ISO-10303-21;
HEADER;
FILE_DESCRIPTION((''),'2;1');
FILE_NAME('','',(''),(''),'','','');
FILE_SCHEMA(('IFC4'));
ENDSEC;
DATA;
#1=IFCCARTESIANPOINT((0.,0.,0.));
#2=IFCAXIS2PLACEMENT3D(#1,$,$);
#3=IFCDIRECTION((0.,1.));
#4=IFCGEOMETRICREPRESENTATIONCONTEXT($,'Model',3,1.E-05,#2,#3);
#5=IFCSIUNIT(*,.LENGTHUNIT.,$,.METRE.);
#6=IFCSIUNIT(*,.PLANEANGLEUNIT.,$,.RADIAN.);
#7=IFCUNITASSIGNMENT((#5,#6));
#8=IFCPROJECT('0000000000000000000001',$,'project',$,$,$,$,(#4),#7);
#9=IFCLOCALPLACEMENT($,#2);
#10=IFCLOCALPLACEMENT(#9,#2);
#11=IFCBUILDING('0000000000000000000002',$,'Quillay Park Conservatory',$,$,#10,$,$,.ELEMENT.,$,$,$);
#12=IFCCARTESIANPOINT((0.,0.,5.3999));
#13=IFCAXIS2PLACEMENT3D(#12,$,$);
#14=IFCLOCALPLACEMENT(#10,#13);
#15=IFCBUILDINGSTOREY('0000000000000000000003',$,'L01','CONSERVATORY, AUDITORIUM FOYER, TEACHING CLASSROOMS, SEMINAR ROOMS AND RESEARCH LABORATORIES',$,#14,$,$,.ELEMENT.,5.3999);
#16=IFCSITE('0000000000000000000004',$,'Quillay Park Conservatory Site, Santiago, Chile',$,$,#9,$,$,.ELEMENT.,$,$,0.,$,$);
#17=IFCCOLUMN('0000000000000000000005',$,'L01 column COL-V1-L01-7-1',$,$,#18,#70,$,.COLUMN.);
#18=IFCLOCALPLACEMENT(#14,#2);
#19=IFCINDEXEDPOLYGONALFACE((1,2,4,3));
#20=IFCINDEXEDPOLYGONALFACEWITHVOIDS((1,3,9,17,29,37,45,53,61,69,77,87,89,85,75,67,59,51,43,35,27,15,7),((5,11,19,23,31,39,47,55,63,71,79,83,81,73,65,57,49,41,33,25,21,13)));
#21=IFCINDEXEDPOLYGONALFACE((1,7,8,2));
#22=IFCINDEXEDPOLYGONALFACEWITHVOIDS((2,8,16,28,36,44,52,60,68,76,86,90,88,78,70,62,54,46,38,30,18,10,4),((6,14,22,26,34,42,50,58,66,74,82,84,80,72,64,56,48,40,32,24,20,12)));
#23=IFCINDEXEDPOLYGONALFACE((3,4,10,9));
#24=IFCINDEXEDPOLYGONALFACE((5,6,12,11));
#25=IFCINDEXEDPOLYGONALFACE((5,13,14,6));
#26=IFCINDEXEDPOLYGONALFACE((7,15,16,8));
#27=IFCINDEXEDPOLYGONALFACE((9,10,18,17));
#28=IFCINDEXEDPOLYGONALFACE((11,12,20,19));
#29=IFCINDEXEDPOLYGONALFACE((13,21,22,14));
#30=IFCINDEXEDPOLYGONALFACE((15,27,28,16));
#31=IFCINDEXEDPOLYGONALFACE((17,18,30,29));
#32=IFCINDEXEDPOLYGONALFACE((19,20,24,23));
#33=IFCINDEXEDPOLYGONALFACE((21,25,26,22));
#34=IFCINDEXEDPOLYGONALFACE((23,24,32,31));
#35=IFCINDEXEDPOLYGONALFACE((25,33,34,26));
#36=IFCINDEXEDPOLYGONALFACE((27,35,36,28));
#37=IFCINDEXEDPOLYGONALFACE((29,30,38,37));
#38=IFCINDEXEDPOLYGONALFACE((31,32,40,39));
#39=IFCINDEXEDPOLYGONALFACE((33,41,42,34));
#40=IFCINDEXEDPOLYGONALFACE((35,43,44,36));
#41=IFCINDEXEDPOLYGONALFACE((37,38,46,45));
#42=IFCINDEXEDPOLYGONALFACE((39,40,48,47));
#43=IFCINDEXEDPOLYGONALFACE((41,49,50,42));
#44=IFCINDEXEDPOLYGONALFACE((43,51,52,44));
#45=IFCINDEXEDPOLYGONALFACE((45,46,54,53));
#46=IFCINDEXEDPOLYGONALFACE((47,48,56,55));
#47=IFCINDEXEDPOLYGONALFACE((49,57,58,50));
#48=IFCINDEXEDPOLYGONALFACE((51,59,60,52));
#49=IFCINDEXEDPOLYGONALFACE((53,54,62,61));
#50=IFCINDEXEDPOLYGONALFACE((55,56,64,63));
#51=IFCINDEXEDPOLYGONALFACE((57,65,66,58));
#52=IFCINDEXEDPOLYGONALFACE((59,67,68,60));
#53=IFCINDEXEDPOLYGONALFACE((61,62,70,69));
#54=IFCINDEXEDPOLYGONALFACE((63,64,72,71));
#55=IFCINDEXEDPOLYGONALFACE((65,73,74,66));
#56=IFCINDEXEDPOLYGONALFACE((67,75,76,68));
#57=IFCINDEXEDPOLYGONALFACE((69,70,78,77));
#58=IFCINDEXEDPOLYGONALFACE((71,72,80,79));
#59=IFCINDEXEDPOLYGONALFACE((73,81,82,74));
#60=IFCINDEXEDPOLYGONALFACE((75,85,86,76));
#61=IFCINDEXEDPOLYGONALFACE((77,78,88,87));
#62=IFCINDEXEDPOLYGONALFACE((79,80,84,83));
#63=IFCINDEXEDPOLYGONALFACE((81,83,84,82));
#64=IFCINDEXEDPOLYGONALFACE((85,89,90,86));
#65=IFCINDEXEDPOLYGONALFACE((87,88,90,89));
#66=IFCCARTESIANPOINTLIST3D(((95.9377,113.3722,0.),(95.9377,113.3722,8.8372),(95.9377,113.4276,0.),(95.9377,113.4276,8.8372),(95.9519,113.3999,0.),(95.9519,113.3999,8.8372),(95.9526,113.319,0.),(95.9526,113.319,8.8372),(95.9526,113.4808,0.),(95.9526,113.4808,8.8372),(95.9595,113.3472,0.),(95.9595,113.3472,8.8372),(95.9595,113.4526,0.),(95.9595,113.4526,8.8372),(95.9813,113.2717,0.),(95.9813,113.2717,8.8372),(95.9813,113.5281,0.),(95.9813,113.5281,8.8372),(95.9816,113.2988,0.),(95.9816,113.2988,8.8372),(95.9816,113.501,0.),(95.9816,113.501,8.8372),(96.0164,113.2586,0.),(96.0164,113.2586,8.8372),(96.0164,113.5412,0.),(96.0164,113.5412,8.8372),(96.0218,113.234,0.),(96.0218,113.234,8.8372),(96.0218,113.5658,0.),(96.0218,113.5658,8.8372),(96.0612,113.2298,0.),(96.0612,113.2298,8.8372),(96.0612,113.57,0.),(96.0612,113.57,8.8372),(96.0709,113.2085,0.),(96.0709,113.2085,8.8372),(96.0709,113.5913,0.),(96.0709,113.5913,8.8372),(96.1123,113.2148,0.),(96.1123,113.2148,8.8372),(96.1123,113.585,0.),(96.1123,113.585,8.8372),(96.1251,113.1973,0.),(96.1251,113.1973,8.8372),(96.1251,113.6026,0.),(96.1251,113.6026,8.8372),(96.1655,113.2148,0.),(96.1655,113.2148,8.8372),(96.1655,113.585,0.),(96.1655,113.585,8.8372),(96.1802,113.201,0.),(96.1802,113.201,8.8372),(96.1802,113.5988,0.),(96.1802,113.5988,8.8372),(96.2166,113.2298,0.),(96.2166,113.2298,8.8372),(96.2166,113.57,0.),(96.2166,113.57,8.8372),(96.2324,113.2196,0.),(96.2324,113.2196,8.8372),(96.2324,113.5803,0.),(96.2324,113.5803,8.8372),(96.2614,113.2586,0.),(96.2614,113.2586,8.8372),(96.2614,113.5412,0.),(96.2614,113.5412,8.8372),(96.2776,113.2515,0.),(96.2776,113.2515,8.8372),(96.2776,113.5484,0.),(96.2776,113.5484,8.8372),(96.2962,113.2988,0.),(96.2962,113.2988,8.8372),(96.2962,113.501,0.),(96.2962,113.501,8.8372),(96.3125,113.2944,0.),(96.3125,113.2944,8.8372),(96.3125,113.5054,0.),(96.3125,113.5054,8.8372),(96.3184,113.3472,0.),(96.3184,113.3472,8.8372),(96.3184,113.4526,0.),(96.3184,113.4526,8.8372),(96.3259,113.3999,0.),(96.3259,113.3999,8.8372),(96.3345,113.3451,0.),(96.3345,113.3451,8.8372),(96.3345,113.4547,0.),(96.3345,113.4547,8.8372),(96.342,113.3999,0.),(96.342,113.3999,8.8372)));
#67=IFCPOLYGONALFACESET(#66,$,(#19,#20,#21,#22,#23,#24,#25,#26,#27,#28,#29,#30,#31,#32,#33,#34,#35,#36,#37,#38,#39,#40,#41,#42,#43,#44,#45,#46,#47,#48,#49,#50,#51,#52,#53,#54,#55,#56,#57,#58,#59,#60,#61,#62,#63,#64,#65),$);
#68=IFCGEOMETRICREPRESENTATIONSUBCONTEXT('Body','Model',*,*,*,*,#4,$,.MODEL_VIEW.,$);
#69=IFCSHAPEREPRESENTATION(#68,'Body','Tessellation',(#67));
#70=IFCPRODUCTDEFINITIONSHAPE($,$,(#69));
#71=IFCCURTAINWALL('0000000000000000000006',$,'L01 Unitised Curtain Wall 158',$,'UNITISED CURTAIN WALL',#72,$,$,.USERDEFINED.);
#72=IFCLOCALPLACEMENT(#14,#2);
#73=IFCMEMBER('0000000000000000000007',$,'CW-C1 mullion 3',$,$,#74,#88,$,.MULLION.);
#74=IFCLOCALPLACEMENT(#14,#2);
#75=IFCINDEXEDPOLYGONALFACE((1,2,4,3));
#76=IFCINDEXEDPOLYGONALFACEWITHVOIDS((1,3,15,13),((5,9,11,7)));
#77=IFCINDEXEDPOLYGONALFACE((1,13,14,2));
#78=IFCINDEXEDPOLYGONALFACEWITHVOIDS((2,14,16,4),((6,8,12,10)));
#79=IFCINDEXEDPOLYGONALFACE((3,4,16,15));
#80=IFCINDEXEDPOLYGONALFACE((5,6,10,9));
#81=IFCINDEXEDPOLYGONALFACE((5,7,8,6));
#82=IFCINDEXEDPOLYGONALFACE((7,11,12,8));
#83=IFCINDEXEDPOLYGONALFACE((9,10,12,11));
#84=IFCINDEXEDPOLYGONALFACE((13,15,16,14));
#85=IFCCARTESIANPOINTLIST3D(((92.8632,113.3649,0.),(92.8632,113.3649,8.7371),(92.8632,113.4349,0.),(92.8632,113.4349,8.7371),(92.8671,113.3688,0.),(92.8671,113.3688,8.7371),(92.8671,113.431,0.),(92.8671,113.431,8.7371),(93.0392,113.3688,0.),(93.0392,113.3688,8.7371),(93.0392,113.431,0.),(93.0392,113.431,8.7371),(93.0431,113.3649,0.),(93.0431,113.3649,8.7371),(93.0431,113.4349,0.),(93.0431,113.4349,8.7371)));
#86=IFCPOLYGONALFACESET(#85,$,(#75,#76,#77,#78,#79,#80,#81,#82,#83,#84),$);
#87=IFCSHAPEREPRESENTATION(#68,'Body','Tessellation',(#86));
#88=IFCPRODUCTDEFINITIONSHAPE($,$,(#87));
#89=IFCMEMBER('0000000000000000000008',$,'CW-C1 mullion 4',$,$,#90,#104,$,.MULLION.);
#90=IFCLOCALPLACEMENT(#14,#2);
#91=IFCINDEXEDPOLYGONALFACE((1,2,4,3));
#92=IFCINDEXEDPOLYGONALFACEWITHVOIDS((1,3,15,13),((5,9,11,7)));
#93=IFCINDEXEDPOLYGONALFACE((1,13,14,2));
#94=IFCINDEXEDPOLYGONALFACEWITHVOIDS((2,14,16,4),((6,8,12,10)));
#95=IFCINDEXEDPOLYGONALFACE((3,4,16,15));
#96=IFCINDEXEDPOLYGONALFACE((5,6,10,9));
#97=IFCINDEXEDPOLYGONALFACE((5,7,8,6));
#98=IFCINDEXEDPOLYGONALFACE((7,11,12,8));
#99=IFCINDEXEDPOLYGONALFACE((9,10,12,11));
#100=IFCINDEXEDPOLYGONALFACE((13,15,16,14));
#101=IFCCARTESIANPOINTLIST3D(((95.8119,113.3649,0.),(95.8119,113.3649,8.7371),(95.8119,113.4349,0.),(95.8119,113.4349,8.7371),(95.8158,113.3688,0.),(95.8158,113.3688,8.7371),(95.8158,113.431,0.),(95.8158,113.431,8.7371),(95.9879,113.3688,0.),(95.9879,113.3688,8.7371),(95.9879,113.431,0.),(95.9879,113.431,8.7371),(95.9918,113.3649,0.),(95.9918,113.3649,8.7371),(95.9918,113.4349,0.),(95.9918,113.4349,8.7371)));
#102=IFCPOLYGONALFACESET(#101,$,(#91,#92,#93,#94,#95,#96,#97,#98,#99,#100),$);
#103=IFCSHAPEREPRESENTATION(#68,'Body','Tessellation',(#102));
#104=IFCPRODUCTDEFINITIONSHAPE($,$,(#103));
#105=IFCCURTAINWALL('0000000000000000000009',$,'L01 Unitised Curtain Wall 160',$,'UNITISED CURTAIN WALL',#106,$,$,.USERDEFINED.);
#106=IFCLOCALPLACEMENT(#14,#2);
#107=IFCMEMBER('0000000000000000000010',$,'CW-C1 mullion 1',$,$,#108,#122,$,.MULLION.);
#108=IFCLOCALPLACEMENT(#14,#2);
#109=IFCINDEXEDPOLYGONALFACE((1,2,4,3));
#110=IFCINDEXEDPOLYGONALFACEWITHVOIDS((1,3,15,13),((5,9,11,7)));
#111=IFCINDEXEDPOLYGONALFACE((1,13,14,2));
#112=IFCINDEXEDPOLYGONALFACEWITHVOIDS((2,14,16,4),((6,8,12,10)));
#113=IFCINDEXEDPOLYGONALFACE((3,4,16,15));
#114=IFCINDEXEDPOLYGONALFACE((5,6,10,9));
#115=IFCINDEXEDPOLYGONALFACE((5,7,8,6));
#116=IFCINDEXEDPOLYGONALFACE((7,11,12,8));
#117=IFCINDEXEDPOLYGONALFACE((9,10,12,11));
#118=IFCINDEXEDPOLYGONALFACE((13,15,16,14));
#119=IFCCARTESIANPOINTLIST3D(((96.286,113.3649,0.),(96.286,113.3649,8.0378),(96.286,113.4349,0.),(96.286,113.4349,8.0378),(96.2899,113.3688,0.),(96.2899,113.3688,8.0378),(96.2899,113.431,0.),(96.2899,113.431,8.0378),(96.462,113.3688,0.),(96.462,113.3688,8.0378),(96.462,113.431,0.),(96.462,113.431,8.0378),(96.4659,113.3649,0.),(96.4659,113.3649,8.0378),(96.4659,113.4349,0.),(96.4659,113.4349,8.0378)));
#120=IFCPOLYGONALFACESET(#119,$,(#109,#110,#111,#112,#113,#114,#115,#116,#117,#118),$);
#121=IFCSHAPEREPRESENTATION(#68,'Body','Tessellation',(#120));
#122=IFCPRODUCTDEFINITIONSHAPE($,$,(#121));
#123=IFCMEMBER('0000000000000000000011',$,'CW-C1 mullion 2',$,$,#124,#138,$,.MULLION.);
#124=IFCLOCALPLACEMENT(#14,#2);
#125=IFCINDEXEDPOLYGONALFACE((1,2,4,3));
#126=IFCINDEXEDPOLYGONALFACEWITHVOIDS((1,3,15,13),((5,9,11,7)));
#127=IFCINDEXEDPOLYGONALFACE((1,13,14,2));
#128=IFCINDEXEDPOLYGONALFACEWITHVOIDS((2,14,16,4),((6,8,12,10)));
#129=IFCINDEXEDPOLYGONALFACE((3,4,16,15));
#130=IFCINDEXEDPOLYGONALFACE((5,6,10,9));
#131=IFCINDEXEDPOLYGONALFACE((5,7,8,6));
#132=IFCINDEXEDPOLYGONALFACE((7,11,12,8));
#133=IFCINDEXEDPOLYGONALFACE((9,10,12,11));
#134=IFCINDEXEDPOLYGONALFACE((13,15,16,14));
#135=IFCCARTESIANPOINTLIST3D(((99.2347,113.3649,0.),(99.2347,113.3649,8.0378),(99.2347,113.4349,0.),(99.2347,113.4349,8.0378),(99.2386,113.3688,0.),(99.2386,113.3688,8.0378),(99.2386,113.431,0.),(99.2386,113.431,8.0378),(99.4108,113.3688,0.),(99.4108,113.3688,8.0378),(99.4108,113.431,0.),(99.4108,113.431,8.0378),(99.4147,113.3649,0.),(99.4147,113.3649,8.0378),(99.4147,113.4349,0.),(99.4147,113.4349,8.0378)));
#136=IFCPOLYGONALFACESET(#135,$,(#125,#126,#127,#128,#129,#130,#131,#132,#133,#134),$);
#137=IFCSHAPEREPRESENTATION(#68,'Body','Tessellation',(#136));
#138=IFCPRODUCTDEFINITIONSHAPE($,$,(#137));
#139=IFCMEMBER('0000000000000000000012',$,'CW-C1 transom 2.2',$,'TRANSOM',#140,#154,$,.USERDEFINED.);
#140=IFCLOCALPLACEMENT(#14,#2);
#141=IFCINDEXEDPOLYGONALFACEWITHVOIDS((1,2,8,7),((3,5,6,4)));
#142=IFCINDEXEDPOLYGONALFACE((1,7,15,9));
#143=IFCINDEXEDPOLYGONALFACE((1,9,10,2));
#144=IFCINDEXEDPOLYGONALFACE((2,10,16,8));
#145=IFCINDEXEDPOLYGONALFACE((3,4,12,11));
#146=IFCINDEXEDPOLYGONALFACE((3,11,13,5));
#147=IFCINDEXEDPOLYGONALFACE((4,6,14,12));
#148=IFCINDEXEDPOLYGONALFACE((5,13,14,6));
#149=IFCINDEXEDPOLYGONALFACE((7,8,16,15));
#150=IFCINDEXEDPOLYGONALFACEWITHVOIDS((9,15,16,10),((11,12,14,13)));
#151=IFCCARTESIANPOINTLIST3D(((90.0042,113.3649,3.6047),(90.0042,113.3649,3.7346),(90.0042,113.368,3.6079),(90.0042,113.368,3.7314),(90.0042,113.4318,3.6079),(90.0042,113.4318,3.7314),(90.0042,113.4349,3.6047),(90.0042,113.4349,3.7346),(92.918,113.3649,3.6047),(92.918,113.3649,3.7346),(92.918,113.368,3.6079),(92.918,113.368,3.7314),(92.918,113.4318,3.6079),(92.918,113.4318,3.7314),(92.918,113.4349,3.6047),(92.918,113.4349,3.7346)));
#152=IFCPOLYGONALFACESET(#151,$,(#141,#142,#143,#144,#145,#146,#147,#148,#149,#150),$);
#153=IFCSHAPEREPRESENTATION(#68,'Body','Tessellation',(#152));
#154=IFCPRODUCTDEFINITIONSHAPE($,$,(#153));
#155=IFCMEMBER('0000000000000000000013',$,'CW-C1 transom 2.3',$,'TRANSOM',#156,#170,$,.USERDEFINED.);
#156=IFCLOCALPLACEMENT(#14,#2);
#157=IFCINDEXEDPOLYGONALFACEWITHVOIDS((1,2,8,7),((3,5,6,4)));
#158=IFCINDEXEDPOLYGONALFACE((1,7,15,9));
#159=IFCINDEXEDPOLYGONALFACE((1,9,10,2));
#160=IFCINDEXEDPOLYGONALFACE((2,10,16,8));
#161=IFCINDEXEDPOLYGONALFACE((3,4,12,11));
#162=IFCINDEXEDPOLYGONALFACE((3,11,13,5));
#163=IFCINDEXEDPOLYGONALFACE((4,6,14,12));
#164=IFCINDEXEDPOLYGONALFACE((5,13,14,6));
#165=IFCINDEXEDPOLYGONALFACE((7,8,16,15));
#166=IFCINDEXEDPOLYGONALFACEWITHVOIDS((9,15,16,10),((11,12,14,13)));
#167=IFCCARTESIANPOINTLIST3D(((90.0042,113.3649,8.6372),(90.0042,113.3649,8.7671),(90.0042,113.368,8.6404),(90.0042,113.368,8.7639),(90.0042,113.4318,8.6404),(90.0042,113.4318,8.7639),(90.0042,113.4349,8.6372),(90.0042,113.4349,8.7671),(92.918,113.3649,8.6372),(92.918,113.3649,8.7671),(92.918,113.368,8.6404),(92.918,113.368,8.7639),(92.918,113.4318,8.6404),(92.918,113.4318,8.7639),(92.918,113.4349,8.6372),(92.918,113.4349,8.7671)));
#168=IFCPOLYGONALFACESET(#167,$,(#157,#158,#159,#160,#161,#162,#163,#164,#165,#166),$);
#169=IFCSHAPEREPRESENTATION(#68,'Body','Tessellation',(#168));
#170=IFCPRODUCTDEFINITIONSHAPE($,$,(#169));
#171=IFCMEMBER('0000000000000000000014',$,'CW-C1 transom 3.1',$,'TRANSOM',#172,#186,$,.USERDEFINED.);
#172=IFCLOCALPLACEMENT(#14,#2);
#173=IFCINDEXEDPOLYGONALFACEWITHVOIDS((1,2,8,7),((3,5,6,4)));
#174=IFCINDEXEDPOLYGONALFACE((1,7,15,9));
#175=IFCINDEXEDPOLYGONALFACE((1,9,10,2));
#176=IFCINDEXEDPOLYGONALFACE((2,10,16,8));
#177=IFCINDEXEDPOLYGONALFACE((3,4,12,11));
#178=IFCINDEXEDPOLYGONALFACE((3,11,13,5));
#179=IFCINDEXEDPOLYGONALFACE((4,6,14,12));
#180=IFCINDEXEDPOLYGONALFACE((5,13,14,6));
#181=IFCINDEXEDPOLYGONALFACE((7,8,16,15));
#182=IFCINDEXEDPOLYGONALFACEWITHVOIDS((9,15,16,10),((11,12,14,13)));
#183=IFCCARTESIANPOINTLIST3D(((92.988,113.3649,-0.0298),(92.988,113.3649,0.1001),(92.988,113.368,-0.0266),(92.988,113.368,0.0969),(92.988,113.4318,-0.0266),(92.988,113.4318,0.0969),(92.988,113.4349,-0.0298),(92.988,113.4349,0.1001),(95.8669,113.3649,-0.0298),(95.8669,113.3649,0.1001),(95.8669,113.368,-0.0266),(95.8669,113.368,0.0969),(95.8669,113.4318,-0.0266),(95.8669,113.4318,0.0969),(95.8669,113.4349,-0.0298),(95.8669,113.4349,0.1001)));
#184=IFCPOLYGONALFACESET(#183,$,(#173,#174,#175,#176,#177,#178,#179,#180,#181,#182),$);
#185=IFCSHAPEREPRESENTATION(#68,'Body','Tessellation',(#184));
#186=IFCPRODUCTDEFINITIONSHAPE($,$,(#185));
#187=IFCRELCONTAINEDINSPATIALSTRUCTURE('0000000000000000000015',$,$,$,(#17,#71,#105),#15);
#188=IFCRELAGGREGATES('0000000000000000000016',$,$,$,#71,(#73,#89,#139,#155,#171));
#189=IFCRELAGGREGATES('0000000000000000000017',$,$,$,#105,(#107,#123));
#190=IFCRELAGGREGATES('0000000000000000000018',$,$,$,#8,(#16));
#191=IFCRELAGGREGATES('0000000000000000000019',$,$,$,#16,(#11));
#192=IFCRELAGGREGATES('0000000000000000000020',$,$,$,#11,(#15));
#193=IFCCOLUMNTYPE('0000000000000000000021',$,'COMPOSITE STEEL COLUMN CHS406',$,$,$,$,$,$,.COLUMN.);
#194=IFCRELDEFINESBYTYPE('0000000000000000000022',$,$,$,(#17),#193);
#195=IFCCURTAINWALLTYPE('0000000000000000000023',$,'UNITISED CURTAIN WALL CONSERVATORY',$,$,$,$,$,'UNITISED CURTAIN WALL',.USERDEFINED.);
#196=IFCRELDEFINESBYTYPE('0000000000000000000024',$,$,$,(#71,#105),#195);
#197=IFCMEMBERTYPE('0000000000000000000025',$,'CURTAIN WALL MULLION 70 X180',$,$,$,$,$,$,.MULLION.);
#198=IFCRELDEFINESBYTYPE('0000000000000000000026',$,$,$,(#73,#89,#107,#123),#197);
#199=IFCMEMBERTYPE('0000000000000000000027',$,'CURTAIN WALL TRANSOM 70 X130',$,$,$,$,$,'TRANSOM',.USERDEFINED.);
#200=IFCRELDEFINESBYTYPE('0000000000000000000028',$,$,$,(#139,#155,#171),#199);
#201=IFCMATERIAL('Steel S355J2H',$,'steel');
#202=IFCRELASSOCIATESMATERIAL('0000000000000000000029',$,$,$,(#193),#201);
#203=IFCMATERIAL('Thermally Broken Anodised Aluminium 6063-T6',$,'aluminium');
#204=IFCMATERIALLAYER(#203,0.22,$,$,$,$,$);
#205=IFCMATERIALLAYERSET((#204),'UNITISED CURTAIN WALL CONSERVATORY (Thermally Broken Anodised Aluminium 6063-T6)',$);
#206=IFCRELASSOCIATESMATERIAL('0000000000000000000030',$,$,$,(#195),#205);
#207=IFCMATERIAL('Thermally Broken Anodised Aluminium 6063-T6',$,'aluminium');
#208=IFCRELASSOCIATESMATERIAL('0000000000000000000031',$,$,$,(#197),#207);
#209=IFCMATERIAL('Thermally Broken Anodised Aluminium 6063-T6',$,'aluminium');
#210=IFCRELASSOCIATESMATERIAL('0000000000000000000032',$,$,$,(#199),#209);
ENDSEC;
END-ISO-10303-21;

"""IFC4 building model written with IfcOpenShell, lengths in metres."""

from ifc_helpers import new_model, si_unit, direction, frame, origin, origin_2d, place, context, subcontext, project, spatial, hollow_rectangle, hollow_circle, extrude, material, layer, layer_set, material_profile, profile_set, type_object, element, aggregate, save


model = new_model("IFC4")

# Units and contexts
model_context = context("Model", 3, precision=1e-05, world=origin(), true_north=direction((0.0, 1.0)))
body_context = subcontext(model_context, "Body", "Model", "MODEL_VIEW")
ifc_project = project(units=[si_unit("LENGTHUNIT", "METRE"), si_unit("PLANEANGLEUNIT", "RADIAN")], contexts=[model_context])

# Site, building, storey
site_placement = place(None, origin())
site = spatial("IfcSite", under=ifc_project, at=site_placement, Name="Quillay Park Conservatory Site, Santiago, Chile", CompositionType="ELEMENT", RefElevation=0.0)
building_placement = place(site_placement, origin())
building = spatial("IfcBuilding", under=site, at=building_placement, Name="Quillay Park Conservatory", CompositionType="ELEMENT")
storey_placement = place(building_placement, frame((0.0, 0.0, 5.3999)))
storey = spatial("IfcBuildingStorey", under=building, at=storey_placement, Name="L01", Description="CONSERVATORY, AUDITORIUM FOYER, TEACHING CLASSROOMS, SEMINAR ROOMS AND RESEARCH LABORATORIES", CompositionType="ELEMENT", Elevation=5.3999)

# Column
ifc_material_1 = material(Name="Steel S355J2H", Category="steel")
ifc_material_profile_1 = material_profile(ifc_material_1, hollow_circle(Radius=0.2031, WallThickness=0.0161, at=origin_2d()), Name="CHS406.4x16")
ifc_profile_set_1 = profile_set([ifc_material_profile_1], Name="Steel S355J2H")
column_type = type_object("IfcColumnType", Name="COMPOSITE STEEL COLUMN CHS406", PredefinedType="COLUMN", material=ifc_profile_set_1)
column_placement = place(storey_placement, frame((96.1389, 113.3999, 0.0), z_axis=(0.0, 0.0, 1.0), x_axis=(1.0, 0.0, 0.0)))
element("IfcColumn", 1, at=column_placement, inside=storey, type_object=column_type, Name="L01 column COL-V1-L01-7-1", PredefinedType="COLUMN", context=body_context, shape_type="SweptSolid", body=[
    extrude(hollow_circle(Radius=0.2031, WallThickness=0.0161, at=origin_2d()), origin(), (0.0, 0.0, 1.0), 8.8372),
])

# Curtain walls, members
ifc_material_2 = material(Name="Thermally Broken Anodised Aluminium 6063-T6", Category="aluminium")
ifc_layer_1 = layer(ifc_material_2, 0.22)
ifc_layer_set_1 = layer_set([ifc_layer_1], Name="UNITISED CURTAIN WALL CONSERVATORY (Thermally Broken Anodised Aluminium 6063-T6)")
curtain_wall_type = type_object("IfcCurtainWallType", Name="UNITISED CURTAIN WALL CONSERVATORY", ElementType="UNITISED CURTAIN WALL", PredefinedType="USERDEFINED", material=ifc_layer_set_1)
curtain_wall_1_placement = place(storey_placement, origin())
curtain_wall_1 = element("IfcCurtainWall", 2, at=curtain_wall_1_placement, inside=storey, type_object=curtain_wall_type, Name="L01 Unitised Curtain Wall 158", ObjectType="UNITISED CURTAIN WALL", PredefinedType="USERDEFINED")
ifc_material_3 = material(Name="Thermally Broken Anodised Aluminium 6063-T6", Category="aluminium")
ifc_material_profile_2 = material_profile(ifc_material_3, hollow_rectangle(XDim=0.0701, YDim=0.1799, WallThickness=0.0039, at=origin_2d()), Name="AL70x180x4")
ifc_profile_set_2 = profile_set([ifc_material_profile_2], Name="Thermally Broken Anodised Aluminium 6063-T6")
member_type_1 = type_object("IfcMemberType", Name="CURTAIN WALL MULLION 70 X180", PredefinedType="MULLION", material=ifc_profile_set_2)
member_1_placement = place(storey_placement, frame((92.9531, 113.3999, 0.0), z_axis=(0.0, 0.0, 1.0), x_axis=(0.0, 1.0, 0.0)))
member_1 = element("IfcMember", 3, at=member_1_placement, type_object=member_type_1, Name="CW-C1 mullion 3", PredefinedType="MULLION", context=body_context, shape_type="SweptSolid", body=[
    extrude(hollow_rectangle(XDim=0.0701, YDim=0.1799, WallThickness=0.0039, at=origin_2d()), origin(), (0.0, 0.0, 1.0), 8.7371),
])
member_2_placement = place(storey_placement, frame((95.9019, 113.3999, 0.0), z_axis=(0.0, 0.0, 1.0), x_axis=(0.0, 1.0, 0.0)))
member_2 = element("IfcMember", 4, at=member_2_placement, type_object=member_type_1, Name="CW-C1 mullion 4", PredefinedType="MULLION", context=body_context, shape_type="SweptSolid", body=[
    extrude(hollow_rectangle(XDim=0.0701, YDim=0.1799, WallThickness=0.0039, at=origin_2d()), origin(), (0.0, 0.0, 1.0), 8.7371),
])
curtain_wall_2_placement = place(storey_placement, origin())
curtain_wall_2 = element("IfcCurtainWall", 5, at=curtain_wall_2_placement, inside=storey, type_object=curtain_wall_type, Name="L01 Unitised Curtain Wall 160", ObjectType="UNITISED CURTAIN WALL", PredefinedType="USERDEFINED")
member_3_placement = place(storey_placement, frame((96.376, 113.3999, 0.0), z_axis=(0.0, 0.0, 1.0), x_axis=(0.0, 1.0, 0.0)))
member_3 = element("IfcMember", 6, at=member_3_placement, type_object=member_type_1, Name="CW-C1 mullion 1", PredefinedType="MULLION", context=body_context, shape_type="SweptSolid", body=[
    extrude(hollow_rectangle(XDim=0.0701, YDim=0.1799, WallThickness=0.0039, at=origin_2d()), origin(), (0.0, 0.0, 1.0), 8.0378),
])
member_4_placement = place(storey_placement, frame((99.3247, 113.3999, 0.0), z_axis=(0.0, 0.0, 1.0), x_axis=(0.0, 1.0, 0.0)))
member_4 = element("IfcMember", 7, at=member_4_placement, type_object=member_type_1, Name="CW-C1 mullion 2", PredefinedType="MULLION", context=body_context, shape_type="SweptSolid", body=[
    extrude(hollow_rectangle(XDim=0.0701, YDim=0.1799, WallThickness=0.0039, at=origin_2d()), origin(), (0.0, 0.0, 1.0), 8.0378),
])

# Members
ifc_material_4 = material(Name="Thermally Broken Anodised Aluminium 6063-T6", Category="aluminium")
ifc_material_profile_3 = material_profile(ifc_material_4, hollow_rectangle(XDim=0.0701, YDim=0.1299, WallThickness=0.0032, at=origin_2d()), Name="AL70x130x3.2")
ifc_profile_set_3 = profile_set([ifc_material_profile_3], Name="Thermally Broken Anodised Aluminium 6063-T6")
member_type_2 = type_object("IfcMemberType", Name="CURTAIN WALL TRANSOM 70 X130", ElementType="TRANSOM", PredefinedType="USERDEFINED", material=ifc_profile_set_3)
member_5_placement = place(storey_placement, frame((90.0042, 113.3999, 3.6697), z_axis=(1.0, 0.0, 0.0), x_axis=(0.0, 1.0, 0.0)))
member_5 = element("IfcMember", 8, at=member_5_placement, type_object=member_type_2, Name="CW-C1 transom 2.2", ObjectType="TRANSOM", PredefinedType="USERDEFINED", context=body_context, shape_type="SweptSolid", body=[
    extrude(hollow_rectangle(XDim=0.0701, YDim=0.1299, WallThickness=0.0032, at=origin_2d()), origin(), (0.0, 0.0, 1.0), 2.9138),
])
member_6_placement = place(storey_placement, frame((90.0042, 113.3999, 8.7021), z_axis=(1.0, 0.0, 0.0), x_axis=(0.0, 1.0, 0.0)))
member_6 = element("IfcMember", 9, at=member_6_placement, type_object=member_type_2, Name="CW-C1 transom 2.3", ObjectType="TRANSOM", PredefinedType="USERDEFINED", context=body_context, shape_type="SweptSolid", body=[
    extrude(hollow_rectangle(XDim=0.0701, YDim=0.1299, WallThickness=0.0032, at=origin_2d()), origin(), (0.0, 0.0, 1.0), 2.9138),
])
member_7_placement = place(storey_placement, frame((92.988, 113.3999, 0.0352), z_axis=(1.0, 0.0, 0.0), x_axis=(0.0, 1.0, 0.0)))
member_7 = element("IfcMember", 10, at=member_7_placement, type_object=member_type_2, Name="CW-C1 transom 3.1", ObjectType="TRANSOM", PredefinedType="USERDEFINED", context=body_context, shape_type="SweptSolid", body=[
    extrude(hollow_rectangle(XDim=0.0701, YDim=0.1299, WallThickness=0.0032, at=origin_2d()), origin(), (0.0, 0.0, 1.0), 2.8789),
])

aggregate(curtain_wall_1, [member_1, member_2, member_5, member_6, member_7])
aggregate(curtain_wall_2, [member_3, member_4])

save(model, "model.ifc")
